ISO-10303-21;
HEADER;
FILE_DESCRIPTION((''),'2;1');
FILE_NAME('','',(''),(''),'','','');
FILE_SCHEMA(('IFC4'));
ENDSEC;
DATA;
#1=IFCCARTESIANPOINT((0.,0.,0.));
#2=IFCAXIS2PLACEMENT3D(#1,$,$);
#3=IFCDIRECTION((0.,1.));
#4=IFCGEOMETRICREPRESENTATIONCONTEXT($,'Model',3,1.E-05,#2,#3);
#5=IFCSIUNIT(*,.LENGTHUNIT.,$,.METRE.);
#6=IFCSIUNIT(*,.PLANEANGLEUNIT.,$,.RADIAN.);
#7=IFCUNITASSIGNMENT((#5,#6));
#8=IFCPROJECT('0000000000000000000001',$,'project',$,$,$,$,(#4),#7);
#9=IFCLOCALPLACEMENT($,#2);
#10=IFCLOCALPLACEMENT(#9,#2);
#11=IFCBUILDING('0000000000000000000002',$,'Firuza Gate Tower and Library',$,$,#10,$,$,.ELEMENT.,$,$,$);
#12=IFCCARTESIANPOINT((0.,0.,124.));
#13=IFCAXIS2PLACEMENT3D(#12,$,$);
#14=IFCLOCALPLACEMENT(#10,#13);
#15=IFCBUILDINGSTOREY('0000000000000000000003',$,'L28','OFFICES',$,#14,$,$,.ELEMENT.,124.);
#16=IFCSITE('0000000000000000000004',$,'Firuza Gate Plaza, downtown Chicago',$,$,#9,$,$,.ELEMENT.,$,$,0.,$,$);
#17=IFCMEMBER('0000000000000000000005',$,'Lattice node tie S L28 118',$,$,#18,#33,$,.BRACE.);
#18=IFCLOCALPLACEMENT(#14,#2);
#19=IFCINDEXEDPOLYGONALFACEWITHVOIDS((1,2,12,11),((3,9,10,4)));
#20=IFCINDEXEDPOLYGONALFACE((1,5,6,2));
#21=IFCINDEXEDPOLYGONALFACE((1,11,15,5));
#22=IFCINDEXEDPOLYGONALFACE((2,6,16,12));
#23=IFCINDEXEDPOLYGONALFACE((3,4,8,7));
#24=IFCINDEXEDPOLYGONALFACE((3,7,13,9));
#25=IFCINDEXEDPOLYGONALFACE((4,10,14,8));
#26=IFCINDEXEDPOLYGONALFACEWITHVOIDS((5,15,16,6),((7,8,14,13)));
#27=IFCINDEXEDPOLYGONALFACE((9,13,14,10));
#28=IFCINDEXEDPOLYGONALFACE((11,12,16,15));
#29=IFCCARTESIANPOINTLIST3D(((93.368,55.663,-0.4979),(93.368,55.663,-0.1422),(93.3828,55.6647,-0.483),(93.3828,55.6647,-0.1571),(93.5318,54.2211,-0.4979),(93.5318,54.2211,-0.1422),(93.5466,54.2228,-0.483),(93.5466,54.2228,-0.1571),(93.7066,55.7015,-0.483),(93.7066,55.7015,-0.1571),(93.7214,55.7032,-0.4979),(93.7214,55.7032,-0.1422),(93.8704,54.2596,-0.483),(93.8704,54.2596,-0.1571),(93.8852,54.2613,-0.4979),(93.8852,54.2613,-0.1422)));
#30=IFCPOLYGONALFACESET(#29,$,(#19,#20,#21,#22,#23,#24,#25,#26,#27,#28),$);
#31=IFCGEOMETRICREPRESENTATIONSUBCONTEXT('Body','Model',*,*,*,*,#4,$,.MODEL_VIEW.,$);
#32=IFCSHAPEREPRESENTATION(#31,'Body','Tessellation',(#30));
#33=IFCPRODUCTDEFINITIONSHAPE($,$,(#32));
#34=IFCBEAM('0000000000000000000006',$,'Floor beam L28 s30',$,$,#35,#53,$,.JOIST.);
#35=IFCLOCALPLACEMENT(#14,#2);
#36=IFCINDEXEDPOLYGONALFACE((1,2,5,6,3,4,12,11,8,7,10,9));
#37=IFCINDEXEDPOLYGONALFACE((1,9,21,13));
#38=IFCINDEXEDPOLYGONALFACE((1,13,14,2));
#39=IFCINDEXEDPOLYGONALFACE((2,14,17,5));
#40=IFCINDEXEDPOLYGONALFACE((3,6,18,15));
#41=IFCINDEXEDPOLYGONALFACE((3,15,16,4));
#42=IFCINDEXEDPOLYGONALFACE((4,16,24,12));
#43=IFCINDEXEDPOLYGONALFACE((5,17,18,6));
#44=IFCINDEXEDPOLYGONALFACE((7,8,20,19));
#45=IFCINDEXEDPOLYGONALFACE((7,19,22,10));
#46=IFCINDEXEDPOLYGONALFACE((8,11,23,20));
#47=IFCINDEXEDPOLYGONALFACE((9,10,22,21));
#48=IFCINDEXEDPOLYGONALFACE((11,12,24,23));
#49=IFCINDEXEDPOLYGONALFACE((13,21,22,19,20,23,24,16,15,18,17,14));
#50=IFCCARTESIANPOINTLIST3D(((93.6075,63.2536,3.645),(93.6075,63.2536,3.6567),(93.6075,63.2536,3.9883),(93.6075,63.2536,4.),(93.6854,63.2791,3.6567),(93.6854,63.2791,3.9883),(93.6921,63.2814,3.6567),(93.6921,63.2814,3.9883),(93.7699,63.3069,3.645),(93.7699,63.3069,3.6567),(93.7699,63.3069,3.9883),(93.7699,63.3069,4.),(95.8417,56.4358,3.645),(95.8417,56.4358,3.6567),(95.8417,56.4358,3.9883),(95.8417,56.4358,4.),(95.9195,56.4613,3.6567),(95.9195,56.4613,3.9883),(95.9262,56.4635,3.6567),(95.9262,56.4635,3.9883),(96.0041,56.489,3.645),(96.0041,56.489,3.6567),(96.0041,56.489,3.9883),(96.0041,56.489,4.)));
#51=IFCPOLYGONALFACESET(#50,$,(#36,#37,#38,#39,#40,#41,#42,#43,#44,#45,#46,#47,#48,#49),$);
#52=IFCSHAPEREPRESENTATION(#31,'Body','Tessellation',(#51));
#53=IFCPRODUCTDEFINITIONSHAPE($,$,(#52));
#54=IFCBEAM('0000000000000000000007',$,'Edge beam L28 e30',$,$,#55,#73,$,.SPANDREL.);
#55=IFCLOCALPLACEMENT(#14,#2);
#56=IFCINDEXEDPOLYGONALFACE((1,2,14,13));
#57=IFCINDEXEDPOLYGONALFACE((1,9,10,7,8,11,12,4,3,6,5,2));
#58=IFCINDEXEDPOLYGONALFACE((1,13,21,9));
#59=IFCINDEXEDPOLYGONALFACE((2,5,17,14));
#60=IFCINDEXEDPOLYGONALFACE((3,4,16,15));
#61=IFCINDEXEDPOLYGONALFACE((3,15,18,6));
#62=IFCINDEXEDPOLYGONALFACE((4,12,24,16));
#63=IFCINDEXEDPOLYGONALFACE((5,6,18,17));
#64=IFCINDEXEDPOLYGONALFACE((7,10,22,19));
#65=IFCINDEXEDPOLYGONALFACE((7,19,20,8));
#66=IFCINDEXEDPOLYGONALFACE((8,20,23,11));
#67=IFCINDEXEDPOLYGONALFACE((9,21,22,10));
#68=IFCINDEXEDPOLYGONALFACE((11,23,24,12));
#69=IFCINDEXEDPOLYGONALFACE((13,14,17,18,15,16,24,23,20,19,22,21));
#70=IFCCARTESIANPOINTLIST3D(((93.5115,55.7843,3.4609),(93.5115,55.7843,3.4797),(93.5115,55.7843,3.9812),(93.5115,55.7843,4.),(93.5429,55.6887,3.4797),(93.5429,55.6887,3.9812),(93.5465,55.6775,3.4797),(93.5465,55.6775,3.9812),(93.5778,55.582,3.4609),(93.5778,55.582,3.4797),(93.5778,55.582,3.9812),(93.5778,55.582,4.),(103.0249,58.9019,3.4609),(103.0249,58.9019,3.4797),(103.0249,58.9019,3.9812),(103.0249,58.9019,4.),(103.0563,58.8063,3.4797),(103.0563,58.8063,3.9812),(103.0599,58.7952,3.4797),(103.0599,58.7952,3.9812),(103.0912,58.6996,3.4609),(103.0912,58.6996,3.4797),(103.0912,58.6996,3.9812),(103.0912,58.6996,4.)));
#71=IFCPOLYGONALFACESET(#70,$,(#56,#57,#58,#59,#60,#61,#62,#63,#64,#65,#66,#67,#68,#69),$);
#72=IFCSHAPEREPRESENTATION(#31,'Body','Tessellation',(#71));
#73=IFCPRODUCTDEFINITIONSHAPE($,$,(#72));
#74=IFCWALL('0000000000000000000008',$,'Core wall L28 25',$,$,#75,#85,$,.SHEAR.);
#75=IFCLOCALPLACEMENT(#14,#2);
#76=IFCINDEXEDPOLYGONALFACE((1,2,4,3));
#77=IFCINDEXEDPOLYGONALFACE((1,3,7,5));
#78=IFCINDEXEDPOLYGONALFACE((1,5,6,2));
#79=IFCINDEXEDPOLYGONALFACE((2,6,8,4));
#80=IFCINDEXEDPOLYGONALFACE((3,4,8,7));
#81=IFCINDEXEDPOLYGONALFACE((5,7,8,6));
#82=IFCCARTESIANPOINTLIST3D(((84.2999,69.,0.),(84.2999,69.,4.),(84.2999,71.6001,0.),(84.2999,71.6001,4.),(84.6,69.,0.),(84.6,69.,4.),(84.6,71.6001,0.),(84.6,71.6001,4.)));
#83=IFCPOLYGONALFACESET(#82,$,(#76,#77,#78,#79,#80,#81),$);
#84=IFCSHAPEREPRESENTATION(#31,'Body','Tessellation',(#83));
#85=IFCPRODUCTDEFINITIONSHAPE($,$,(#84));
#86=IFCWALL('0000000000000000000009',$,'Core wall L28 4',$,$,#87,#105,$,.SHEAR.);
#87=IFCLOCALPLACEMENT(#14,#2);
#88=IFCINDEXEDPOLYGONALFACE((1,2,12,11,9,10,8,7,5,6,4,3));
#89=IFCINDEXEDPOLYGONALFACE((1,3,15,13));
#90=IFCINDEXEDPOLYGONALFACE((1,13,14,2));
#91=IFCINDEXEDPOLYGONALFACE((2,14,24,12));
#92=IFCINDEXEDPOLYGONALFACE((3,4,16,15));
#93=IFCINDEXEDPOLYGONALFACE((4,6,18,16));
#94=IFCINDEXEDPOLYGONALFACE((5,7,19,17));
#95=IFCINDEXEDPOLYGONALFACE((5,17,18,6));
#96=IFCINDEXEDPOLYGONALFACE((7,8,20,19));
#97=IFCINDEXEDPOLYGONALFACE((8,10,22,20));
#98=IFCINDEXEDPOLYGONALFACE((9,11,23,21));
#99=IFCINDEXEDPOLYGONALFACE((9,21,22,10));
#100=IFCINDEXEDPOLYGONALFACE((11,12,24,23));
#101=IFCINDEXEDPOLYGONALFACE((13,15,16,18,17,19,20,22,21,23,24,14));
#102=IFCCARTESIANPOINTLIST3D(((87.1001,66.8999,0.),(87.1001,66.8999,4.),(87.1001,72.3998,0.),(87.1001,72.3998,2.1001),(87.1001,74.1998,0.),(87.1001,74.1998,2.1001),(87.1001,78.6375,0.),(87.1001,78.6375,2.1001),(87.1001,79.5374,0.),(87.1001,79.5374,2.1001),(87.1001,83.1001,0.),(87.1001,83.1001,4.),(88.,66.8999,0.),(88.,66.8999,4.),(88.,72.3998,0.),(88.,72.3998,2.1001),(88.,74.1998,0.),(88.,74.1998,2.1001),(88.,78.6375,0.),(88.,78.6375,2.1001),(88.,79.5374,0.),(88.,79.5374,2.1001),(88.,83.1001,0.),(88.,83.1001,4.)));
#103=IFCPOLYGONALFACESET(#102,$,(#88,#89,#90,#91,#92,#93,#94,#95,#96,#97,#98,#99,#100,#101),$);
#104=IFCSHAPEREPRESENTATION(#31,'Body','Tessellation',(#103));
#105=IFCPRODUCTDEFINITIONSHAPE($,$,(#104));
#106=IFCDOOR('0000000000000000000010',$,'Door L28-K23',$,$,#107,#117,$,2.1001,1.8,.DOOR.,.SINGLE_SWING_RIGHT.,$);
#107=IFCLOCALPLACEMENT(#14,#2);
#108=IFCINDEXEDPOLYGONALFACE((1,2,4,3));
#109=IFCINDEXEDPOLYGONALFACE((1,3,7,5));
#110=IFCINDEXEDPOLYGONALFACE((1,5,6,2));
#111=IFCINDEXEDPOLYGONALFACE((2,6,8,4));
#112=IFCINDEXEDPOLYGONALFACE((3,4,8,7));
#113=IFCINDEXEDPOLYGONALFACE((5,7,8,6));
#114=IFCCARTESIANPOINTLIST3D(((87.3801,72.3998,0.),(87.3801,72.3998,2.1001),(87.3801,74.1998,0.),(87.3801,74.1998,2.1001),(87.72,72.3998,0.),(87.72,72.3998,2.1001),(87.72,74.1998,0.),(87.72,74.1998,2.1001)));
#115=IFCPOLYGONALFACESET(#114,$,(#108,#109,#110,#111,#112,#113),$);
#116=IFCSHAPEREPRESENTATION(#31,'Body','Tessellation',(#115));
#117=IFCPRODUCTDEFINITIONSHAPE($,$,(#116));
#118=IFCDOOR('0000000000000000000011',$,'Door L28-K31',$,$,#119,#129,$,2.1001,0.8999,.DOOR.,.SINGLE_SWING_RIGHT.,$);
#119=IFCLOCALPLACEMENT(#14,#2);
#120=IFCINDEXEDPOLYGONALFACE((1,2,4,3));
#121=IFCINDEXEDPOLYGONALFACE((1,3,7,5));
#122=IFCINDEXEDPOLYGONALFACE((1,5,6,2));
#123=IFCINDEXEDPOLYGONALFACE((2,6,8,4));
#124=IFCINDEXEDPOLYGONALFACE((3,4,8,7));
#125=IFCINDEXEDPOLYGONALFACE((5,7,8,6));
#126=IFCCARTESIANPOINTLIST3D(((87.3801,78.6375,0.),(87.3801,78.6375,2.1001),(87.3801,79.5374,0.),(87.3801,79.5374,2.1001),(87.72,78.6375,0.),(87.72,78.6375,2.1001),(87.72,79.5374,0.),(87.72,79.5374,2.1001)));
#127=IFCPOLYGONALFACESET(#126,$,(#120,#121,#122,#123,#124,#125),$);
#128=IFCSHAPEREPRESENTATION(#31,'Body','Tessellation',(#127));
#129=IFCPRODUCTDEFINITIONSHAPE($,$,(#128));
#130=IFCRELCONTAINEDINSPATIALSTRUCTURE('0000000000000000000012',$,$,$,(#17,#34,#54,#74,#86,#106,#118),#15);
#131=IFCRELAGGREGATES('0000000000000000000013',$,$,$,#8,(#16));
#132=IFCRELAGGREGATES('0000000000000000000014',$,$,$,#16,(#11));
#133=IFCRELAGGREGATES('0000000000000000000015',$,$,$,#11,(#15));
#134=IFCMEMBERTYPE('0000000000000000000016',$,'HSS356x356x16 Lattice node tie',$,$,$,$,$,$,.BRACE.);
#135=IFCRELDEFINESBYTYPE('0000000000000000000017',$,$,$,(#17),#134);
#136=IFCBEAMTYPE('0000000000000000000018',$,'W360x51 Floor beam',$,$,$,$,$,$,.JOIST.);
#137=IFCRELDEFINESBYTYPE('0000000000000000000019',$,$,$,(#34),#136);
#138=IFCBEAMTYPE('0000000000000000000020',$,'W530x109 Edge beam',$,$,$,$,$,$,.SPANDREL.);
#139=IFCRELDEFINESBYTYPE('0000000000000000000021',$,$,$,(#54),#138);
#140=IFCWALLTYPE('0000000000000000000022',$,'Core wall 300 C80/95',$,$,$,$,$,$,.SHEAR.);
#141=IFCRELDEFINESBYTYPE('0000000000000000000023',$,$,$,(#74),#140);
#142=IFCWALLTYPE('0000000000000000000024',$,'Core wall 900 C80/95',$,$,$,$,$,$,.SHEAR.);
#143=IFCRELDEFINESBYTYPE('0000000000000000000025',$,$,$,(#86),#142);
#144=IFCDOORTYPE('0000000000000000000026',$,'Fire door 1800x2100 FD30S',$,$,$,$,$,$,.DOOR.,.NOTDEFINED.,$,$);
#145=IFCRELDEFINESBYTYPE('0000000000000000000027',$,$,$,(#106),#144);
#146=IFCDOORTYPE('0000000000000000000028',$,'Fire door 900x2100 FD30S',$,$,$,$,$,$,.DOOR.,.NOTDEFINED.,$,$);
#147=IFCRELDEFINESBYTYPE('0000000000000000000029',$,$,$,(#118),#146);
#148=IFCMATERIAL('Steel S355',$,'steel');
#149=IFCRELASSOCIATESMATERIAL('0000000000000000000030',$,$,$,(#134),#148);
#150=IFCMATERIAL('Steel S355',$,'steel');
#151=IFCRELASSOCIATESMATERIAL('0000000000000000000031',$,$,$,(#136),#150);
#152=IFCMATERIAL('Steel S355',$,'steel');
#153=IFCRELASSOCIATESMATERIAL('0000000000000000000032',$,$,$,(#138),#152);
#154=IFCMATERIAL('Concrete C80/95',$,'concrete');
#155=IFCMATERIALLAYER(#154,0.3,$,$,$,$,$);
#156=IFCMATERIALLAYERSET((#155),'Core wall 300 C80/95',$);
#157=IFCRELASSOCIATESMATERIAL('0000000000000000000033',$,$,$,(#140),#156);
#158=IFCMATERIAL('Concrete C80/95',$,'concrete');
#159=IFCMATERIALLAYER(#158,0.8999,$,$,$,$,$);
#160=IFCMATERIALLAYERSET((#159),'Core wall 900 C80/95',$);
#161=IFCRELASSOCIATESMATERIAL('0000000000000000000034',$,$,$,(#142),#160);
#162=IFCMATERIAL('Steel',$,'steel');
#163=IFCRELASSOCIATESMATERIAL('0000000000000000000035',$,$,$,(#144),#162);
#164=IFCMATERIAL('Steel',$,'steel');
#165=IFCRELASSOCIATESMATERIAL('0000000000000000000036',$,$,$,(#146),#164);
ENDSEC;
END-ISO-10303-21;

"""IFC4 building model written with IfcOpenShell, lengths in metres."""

from ifc_helpers import new_model, si_unit, direction, frame, frame_2d, origin, origin_2d, place, context, subcontext, project, spatial, rectangle, hollow_rectangle, i_section, extrude, material, layer, layer_set, material_profile, profile_set, type_object, element, fill, save


model = new_model("IFC4")

# Units and contexts
model_context = context("Model", 3, precision=1e-05, world=origin(), true_north=direction((0.0, 1.0)))
body_context = subcontext(model_context, "Body", "Model", "MODEL_VIEW")
ifc_project = project(units=[si_unit("LENGTHUNIT", "METRE"), si_unit("PLANEANGLEUNIT", "RADIAN")], contexts=[model_context])

# Site, building, storey
site_placement = place(None, origin())
site = spatial("IfcSite", under=ifc_project, at=site_placement, Name="Firuza Gate Plaza, downtown Chicago", CompositionType="ELEMENT", RefElevation=0.0)
building_placement = place(site_placement, origin())
building = spatial("IfcBuilding", under=site, at=building_placement, Name="Firuza Gate Tower and Library", CompositionType="ELEMENT")
storey_placement = place(building_placement, frame((0.0, 0.0, 124.0)))
storey = spatial("IfcBuildingStorey", under=building, at=storey_placement, Name="L28", Description="OFFICES", CompositionType="ELEMENT", Elevation=124.0)

# Member
ifc_material_1 = material(Name="Steel S355", Category="steel")
ifc_material_profile_1 = material_profile(ifc_material_1, hollow_rectangle(XDim=0.3557, YDim=0.3557, WallThickness=0.0149, at=origin_2d()))
ifc_profile_set_1 = profile_set([ifc_material_profile_1], Name="Steel S355")
member_type = type_object("IfcMemberType", Name="HSS356x356x16 Lattice node tie", PredefinedType="BRACE", material=ifc_profile_set_1)
member_placement = place(storey_placement, frame((93.5447, 55.6831, -0.3201), z_axis=(0.112887, -0.993608, 0.0), x_axis=(0.993608, 0.112887, 0.0)))
element("IfcMember", 1, at=member_placement, inside=storey, type_object=member_type, Name="Lattice node tie S L28 118", PredefinedType="BRACE", context=body_context, shape_type="SweptSolid", body=[
    extrude(hollow_rectangle(XDim=0.3557, YDim=0.3557, WallThickness=0.0149, at=origin_2d()), origin(), (0.0, 0.0, 1.0), 1.4512),
])

# Beams
ifc_material_2 = material(Name="Steel S355", Category="steel")
ifc_material_profile_2 = material_profile(ifc_material_2, i_section(OverallWidth=0.1709, OverallDepth=0.355, WebThickness=0.0071, FlangeThickness=0.0117, at=origin_2d()))
ifc_profile_set_2 = profile_set([ifc_material_profile_2], Name="Steel S355")
beam_type_1 = type_object("IfcBeamType", Name="W360x51 Floor beam", PredefinedType="JOIST", material=ifc_profile_set_2)
beam_1_placement = place(storey_placement, frame((95.9229, 56.4624, 3.8225), z_axis=(-0.311395, 0.950281, 0.0), x_axis=(-0.950281, -0.311395, 0.0)))
element("IfcBeam", 2, at=beam_1_placement, inside=storey, type_object=beam_type_1, Name="Floor beam L28 s30", PredefinedType="JOIST", context=body_context, shape_type="SweptSolid", body=[
    extrude(i_section(OverallWidth=0.1709, OverallDepth=0.355, WebThickness=0.0071, FlangeThickness=0.0117, at=origin_2d()), origin(), (0.0, 0.0, 1.0), 7.1746),
])
ifc_material_3 = material(Name="Steel S355", Category="steel")
ifc_material_profile_3 = material_profile(ifc_material_3, i_section(OverallWidth=0.2129, OverallDepth=0.5391, WebThickness=0.0117, FlangeThickness=0.0188, at=origin_2d()))
ifc_profile_set_3 = profile_set([ifc_material_profile_3], Name="Steel S355")
beam_type_2 = type_object("IfcBeamType", Name="W530x109 Edge beam", PredefinedType="SPANDREL", material=ifc_profile_set_3)
beam_2_placement = place(storey_placement, frame((93.5447, 55.6831, 3.7305), z_axis=(0.950273, 0.311417, 0.0), x_axis=(-0.311417, 0.950273, 0.0)))
element("IfcBeam", 3, at=beam_2_placement, inside=storey, type_object=beam_type_2, Name="Edge beam L28 e30", PredefinedType="SPANDREL", context=body_context, shape_type="SweptSolid", body=[
    extrude(i_section(OverallWidth=0.2129, OverallDepth=0.5391, WebThickness=0.0117, FlangeThickness=0.0188, at=origin_2d()), origin(), (0.0, 0.0, 1.0), 10.0112),
])

# Wall
ifc_material_4 = material(Name="Concrete C80/95", Category="concrete")
ifc_layer_1 = layer(ifc_material_4, 0.3)
ifc_layer_set_1 = layer_set([ifc_layer_1], Name="Core wall 300 C80/95")
wall_type_1 = type_object("IfcWallType", Name="Core wall 300 C80/95", PredefinedType="SHEAR", material=ifc_layer_set_1)
wall_1_placement = place(storey_placement, frame((84.45, 69.0, 0.0), z_axis=(0.0, 0.0, 1.0), x_axis=(0.0, 1.0, 0.0)))
element("IfcWall", 4, at=wall_1_placement, inside=storey, type_object=wall_type_1, Name="Core wall L28 25", PredefinedType="SHEAR", context=body_context, shape_type="SweptSolid", body=[
    extrude(rectangle(XDim=2.6001, YDim=0.3, at=frame_2d((1.3, 0.0))), origin(), (0.0, 0.0, 1.0), 4.0),
])

# Wall, openings, doors
ifc_material_5 = material(Name="Concrete C80/95", Category="concrete")
ifc_layer_2 = layer(ifc_material_5, 0.8999)
ifc_layer_set_2 = layer_set([ifc_layer_2], Name="Core wall 900 C80/95")
wall_type_2 = type_object("IfcWallType", Name="Core wall 900 C80/95", PredefinedType="SHEAR", material=ifc_layer_set_2)
wall_2_placement = place(storey_placement, frame((87.55, 66.8999, 0.0), z_axis=(0.0, 0.0, 1.0), x_axis=(0.0, 1.0, 0.0)))
wall_2 = element("IfcWall", 5, at=wall_2_placement, inside=storey, type_object=wall_type_2, Name="Core wall L28 4", PredefinedType="SHEAR", context=body_context, shape_type="SweptSolid", body=[
    extrude(rectangle(XDim=16.2002, YDim=0.8999, at=frame_2d((8.1001, 0.0))), origin(), (0.0, 0.0, 1.0), 4.0),
])
opening_1_placement = place(wall_2_placement, frame((5.5, 0.0, 0.0)))
opening_1 = element("IfcOpeningElement", 6, at=opening_1_placement, cuts=wall_2, PredefinedType="OPENING", context=body_context, shape_type="SweptSolid", body=[
    extrude(rectangle(XDim=1.8, YDim=2.1001, at=frame_2d((0.8999, 1.05))), frame((0.0, 0.46, 0.0), z_axis=(0.0, -1.0, 0.0), x_axis=(1.0, 0.0, 0.0)), (0.0, 0.0, 1.0), 0.9199),
])
opening_2_placement = place(wall_2_placement, frame((11.7375, 0.0, 0.0)))
opening_2 = element("IfcOpeningElement", 7, at=opening_2_placement, cuts=wall_2, PredefinedType="OPENING", context=body_context, shape_type="SweptSolid", body=[
    extrude(rectangle(XDim=0.8999, YDim=2.1001, at=frame_2d((0.45, 1.05))), frame((0.0, 0.46, 0.0), z_axis=(0.0, -1.0, 0.0), x_axis=(1.0, 0.0, 0.0)), (0.0, 0.0, 1.0), 0.9199),
])
ifc_material_6 = material(Name="Steel", Category="steel")
door_type_1 = type_object("IfcDoorType", Name="Fire door 1800x2100 FD30S", OperationType="NOTDEFINED", PredefinedType="DOOR", material=ifc_material_6)
door_1_placement = place(opening_1_placement, origin())
door_1 = element("IfcDoor", 8, at=door_1_placement, inside=storey, type_object=door_type_1, Name="Door L28-K23", OperationType="SINGLE_SWING_RIGHT", OverallHeight=2.1001, OverallWidth=1.8, PredefinedType="DOOR", context=body_context, shape_type="SweptSolid", body=[
    extrude(rectangle(XDim=1.8, YDim=2.1001, at=frame_2d((0.8999, 1.05))), frame((0.0, 0.1699, 0.0), z_axis=(0.0, -1.0, 0.0), x_axis=(1.0, 0.0, 0.0)), (0.0, 0.0, 1.0), 0.3398),
])
fill(opening_1, door_1)
ifc_material_7 = material(Name="Steel", Category="steel")
door_type_2 = type_object("IfcDoorType", Name="Fire door 900x2100 FD30S", OperationType="NOTDEFINED", PredefinedType="DOOR", material=ifc_material_7)
door_2_placement = place(opening_2_placement, origin())
door_2 = element("IfcDoor", 9, at=door_2_placement, inside=storey, type_object=door_type_2, Name="Door L28-K31", OperationType="SINGLE_SWING_RIGHT", OverallHeight=2.1001, OverallWidth=0.8999, PredefinedType="DOOR", context=body_context, shape_type="SweptSolid", body=[
    extrude(rectangle(XDim=0.8999, YDim=2.1001, at=frame_2d((0.45, 1.05))), frame((0.0, 0.1699, 0.0), z_axis=(0.0, -1.0, 0.0), x_axis=(1.0, 0.0, 0.0)), (0.0, 0.0, 1.0), 0.3398),
])
fill(opening_2, door_2)

save(model, "model.ifc")
